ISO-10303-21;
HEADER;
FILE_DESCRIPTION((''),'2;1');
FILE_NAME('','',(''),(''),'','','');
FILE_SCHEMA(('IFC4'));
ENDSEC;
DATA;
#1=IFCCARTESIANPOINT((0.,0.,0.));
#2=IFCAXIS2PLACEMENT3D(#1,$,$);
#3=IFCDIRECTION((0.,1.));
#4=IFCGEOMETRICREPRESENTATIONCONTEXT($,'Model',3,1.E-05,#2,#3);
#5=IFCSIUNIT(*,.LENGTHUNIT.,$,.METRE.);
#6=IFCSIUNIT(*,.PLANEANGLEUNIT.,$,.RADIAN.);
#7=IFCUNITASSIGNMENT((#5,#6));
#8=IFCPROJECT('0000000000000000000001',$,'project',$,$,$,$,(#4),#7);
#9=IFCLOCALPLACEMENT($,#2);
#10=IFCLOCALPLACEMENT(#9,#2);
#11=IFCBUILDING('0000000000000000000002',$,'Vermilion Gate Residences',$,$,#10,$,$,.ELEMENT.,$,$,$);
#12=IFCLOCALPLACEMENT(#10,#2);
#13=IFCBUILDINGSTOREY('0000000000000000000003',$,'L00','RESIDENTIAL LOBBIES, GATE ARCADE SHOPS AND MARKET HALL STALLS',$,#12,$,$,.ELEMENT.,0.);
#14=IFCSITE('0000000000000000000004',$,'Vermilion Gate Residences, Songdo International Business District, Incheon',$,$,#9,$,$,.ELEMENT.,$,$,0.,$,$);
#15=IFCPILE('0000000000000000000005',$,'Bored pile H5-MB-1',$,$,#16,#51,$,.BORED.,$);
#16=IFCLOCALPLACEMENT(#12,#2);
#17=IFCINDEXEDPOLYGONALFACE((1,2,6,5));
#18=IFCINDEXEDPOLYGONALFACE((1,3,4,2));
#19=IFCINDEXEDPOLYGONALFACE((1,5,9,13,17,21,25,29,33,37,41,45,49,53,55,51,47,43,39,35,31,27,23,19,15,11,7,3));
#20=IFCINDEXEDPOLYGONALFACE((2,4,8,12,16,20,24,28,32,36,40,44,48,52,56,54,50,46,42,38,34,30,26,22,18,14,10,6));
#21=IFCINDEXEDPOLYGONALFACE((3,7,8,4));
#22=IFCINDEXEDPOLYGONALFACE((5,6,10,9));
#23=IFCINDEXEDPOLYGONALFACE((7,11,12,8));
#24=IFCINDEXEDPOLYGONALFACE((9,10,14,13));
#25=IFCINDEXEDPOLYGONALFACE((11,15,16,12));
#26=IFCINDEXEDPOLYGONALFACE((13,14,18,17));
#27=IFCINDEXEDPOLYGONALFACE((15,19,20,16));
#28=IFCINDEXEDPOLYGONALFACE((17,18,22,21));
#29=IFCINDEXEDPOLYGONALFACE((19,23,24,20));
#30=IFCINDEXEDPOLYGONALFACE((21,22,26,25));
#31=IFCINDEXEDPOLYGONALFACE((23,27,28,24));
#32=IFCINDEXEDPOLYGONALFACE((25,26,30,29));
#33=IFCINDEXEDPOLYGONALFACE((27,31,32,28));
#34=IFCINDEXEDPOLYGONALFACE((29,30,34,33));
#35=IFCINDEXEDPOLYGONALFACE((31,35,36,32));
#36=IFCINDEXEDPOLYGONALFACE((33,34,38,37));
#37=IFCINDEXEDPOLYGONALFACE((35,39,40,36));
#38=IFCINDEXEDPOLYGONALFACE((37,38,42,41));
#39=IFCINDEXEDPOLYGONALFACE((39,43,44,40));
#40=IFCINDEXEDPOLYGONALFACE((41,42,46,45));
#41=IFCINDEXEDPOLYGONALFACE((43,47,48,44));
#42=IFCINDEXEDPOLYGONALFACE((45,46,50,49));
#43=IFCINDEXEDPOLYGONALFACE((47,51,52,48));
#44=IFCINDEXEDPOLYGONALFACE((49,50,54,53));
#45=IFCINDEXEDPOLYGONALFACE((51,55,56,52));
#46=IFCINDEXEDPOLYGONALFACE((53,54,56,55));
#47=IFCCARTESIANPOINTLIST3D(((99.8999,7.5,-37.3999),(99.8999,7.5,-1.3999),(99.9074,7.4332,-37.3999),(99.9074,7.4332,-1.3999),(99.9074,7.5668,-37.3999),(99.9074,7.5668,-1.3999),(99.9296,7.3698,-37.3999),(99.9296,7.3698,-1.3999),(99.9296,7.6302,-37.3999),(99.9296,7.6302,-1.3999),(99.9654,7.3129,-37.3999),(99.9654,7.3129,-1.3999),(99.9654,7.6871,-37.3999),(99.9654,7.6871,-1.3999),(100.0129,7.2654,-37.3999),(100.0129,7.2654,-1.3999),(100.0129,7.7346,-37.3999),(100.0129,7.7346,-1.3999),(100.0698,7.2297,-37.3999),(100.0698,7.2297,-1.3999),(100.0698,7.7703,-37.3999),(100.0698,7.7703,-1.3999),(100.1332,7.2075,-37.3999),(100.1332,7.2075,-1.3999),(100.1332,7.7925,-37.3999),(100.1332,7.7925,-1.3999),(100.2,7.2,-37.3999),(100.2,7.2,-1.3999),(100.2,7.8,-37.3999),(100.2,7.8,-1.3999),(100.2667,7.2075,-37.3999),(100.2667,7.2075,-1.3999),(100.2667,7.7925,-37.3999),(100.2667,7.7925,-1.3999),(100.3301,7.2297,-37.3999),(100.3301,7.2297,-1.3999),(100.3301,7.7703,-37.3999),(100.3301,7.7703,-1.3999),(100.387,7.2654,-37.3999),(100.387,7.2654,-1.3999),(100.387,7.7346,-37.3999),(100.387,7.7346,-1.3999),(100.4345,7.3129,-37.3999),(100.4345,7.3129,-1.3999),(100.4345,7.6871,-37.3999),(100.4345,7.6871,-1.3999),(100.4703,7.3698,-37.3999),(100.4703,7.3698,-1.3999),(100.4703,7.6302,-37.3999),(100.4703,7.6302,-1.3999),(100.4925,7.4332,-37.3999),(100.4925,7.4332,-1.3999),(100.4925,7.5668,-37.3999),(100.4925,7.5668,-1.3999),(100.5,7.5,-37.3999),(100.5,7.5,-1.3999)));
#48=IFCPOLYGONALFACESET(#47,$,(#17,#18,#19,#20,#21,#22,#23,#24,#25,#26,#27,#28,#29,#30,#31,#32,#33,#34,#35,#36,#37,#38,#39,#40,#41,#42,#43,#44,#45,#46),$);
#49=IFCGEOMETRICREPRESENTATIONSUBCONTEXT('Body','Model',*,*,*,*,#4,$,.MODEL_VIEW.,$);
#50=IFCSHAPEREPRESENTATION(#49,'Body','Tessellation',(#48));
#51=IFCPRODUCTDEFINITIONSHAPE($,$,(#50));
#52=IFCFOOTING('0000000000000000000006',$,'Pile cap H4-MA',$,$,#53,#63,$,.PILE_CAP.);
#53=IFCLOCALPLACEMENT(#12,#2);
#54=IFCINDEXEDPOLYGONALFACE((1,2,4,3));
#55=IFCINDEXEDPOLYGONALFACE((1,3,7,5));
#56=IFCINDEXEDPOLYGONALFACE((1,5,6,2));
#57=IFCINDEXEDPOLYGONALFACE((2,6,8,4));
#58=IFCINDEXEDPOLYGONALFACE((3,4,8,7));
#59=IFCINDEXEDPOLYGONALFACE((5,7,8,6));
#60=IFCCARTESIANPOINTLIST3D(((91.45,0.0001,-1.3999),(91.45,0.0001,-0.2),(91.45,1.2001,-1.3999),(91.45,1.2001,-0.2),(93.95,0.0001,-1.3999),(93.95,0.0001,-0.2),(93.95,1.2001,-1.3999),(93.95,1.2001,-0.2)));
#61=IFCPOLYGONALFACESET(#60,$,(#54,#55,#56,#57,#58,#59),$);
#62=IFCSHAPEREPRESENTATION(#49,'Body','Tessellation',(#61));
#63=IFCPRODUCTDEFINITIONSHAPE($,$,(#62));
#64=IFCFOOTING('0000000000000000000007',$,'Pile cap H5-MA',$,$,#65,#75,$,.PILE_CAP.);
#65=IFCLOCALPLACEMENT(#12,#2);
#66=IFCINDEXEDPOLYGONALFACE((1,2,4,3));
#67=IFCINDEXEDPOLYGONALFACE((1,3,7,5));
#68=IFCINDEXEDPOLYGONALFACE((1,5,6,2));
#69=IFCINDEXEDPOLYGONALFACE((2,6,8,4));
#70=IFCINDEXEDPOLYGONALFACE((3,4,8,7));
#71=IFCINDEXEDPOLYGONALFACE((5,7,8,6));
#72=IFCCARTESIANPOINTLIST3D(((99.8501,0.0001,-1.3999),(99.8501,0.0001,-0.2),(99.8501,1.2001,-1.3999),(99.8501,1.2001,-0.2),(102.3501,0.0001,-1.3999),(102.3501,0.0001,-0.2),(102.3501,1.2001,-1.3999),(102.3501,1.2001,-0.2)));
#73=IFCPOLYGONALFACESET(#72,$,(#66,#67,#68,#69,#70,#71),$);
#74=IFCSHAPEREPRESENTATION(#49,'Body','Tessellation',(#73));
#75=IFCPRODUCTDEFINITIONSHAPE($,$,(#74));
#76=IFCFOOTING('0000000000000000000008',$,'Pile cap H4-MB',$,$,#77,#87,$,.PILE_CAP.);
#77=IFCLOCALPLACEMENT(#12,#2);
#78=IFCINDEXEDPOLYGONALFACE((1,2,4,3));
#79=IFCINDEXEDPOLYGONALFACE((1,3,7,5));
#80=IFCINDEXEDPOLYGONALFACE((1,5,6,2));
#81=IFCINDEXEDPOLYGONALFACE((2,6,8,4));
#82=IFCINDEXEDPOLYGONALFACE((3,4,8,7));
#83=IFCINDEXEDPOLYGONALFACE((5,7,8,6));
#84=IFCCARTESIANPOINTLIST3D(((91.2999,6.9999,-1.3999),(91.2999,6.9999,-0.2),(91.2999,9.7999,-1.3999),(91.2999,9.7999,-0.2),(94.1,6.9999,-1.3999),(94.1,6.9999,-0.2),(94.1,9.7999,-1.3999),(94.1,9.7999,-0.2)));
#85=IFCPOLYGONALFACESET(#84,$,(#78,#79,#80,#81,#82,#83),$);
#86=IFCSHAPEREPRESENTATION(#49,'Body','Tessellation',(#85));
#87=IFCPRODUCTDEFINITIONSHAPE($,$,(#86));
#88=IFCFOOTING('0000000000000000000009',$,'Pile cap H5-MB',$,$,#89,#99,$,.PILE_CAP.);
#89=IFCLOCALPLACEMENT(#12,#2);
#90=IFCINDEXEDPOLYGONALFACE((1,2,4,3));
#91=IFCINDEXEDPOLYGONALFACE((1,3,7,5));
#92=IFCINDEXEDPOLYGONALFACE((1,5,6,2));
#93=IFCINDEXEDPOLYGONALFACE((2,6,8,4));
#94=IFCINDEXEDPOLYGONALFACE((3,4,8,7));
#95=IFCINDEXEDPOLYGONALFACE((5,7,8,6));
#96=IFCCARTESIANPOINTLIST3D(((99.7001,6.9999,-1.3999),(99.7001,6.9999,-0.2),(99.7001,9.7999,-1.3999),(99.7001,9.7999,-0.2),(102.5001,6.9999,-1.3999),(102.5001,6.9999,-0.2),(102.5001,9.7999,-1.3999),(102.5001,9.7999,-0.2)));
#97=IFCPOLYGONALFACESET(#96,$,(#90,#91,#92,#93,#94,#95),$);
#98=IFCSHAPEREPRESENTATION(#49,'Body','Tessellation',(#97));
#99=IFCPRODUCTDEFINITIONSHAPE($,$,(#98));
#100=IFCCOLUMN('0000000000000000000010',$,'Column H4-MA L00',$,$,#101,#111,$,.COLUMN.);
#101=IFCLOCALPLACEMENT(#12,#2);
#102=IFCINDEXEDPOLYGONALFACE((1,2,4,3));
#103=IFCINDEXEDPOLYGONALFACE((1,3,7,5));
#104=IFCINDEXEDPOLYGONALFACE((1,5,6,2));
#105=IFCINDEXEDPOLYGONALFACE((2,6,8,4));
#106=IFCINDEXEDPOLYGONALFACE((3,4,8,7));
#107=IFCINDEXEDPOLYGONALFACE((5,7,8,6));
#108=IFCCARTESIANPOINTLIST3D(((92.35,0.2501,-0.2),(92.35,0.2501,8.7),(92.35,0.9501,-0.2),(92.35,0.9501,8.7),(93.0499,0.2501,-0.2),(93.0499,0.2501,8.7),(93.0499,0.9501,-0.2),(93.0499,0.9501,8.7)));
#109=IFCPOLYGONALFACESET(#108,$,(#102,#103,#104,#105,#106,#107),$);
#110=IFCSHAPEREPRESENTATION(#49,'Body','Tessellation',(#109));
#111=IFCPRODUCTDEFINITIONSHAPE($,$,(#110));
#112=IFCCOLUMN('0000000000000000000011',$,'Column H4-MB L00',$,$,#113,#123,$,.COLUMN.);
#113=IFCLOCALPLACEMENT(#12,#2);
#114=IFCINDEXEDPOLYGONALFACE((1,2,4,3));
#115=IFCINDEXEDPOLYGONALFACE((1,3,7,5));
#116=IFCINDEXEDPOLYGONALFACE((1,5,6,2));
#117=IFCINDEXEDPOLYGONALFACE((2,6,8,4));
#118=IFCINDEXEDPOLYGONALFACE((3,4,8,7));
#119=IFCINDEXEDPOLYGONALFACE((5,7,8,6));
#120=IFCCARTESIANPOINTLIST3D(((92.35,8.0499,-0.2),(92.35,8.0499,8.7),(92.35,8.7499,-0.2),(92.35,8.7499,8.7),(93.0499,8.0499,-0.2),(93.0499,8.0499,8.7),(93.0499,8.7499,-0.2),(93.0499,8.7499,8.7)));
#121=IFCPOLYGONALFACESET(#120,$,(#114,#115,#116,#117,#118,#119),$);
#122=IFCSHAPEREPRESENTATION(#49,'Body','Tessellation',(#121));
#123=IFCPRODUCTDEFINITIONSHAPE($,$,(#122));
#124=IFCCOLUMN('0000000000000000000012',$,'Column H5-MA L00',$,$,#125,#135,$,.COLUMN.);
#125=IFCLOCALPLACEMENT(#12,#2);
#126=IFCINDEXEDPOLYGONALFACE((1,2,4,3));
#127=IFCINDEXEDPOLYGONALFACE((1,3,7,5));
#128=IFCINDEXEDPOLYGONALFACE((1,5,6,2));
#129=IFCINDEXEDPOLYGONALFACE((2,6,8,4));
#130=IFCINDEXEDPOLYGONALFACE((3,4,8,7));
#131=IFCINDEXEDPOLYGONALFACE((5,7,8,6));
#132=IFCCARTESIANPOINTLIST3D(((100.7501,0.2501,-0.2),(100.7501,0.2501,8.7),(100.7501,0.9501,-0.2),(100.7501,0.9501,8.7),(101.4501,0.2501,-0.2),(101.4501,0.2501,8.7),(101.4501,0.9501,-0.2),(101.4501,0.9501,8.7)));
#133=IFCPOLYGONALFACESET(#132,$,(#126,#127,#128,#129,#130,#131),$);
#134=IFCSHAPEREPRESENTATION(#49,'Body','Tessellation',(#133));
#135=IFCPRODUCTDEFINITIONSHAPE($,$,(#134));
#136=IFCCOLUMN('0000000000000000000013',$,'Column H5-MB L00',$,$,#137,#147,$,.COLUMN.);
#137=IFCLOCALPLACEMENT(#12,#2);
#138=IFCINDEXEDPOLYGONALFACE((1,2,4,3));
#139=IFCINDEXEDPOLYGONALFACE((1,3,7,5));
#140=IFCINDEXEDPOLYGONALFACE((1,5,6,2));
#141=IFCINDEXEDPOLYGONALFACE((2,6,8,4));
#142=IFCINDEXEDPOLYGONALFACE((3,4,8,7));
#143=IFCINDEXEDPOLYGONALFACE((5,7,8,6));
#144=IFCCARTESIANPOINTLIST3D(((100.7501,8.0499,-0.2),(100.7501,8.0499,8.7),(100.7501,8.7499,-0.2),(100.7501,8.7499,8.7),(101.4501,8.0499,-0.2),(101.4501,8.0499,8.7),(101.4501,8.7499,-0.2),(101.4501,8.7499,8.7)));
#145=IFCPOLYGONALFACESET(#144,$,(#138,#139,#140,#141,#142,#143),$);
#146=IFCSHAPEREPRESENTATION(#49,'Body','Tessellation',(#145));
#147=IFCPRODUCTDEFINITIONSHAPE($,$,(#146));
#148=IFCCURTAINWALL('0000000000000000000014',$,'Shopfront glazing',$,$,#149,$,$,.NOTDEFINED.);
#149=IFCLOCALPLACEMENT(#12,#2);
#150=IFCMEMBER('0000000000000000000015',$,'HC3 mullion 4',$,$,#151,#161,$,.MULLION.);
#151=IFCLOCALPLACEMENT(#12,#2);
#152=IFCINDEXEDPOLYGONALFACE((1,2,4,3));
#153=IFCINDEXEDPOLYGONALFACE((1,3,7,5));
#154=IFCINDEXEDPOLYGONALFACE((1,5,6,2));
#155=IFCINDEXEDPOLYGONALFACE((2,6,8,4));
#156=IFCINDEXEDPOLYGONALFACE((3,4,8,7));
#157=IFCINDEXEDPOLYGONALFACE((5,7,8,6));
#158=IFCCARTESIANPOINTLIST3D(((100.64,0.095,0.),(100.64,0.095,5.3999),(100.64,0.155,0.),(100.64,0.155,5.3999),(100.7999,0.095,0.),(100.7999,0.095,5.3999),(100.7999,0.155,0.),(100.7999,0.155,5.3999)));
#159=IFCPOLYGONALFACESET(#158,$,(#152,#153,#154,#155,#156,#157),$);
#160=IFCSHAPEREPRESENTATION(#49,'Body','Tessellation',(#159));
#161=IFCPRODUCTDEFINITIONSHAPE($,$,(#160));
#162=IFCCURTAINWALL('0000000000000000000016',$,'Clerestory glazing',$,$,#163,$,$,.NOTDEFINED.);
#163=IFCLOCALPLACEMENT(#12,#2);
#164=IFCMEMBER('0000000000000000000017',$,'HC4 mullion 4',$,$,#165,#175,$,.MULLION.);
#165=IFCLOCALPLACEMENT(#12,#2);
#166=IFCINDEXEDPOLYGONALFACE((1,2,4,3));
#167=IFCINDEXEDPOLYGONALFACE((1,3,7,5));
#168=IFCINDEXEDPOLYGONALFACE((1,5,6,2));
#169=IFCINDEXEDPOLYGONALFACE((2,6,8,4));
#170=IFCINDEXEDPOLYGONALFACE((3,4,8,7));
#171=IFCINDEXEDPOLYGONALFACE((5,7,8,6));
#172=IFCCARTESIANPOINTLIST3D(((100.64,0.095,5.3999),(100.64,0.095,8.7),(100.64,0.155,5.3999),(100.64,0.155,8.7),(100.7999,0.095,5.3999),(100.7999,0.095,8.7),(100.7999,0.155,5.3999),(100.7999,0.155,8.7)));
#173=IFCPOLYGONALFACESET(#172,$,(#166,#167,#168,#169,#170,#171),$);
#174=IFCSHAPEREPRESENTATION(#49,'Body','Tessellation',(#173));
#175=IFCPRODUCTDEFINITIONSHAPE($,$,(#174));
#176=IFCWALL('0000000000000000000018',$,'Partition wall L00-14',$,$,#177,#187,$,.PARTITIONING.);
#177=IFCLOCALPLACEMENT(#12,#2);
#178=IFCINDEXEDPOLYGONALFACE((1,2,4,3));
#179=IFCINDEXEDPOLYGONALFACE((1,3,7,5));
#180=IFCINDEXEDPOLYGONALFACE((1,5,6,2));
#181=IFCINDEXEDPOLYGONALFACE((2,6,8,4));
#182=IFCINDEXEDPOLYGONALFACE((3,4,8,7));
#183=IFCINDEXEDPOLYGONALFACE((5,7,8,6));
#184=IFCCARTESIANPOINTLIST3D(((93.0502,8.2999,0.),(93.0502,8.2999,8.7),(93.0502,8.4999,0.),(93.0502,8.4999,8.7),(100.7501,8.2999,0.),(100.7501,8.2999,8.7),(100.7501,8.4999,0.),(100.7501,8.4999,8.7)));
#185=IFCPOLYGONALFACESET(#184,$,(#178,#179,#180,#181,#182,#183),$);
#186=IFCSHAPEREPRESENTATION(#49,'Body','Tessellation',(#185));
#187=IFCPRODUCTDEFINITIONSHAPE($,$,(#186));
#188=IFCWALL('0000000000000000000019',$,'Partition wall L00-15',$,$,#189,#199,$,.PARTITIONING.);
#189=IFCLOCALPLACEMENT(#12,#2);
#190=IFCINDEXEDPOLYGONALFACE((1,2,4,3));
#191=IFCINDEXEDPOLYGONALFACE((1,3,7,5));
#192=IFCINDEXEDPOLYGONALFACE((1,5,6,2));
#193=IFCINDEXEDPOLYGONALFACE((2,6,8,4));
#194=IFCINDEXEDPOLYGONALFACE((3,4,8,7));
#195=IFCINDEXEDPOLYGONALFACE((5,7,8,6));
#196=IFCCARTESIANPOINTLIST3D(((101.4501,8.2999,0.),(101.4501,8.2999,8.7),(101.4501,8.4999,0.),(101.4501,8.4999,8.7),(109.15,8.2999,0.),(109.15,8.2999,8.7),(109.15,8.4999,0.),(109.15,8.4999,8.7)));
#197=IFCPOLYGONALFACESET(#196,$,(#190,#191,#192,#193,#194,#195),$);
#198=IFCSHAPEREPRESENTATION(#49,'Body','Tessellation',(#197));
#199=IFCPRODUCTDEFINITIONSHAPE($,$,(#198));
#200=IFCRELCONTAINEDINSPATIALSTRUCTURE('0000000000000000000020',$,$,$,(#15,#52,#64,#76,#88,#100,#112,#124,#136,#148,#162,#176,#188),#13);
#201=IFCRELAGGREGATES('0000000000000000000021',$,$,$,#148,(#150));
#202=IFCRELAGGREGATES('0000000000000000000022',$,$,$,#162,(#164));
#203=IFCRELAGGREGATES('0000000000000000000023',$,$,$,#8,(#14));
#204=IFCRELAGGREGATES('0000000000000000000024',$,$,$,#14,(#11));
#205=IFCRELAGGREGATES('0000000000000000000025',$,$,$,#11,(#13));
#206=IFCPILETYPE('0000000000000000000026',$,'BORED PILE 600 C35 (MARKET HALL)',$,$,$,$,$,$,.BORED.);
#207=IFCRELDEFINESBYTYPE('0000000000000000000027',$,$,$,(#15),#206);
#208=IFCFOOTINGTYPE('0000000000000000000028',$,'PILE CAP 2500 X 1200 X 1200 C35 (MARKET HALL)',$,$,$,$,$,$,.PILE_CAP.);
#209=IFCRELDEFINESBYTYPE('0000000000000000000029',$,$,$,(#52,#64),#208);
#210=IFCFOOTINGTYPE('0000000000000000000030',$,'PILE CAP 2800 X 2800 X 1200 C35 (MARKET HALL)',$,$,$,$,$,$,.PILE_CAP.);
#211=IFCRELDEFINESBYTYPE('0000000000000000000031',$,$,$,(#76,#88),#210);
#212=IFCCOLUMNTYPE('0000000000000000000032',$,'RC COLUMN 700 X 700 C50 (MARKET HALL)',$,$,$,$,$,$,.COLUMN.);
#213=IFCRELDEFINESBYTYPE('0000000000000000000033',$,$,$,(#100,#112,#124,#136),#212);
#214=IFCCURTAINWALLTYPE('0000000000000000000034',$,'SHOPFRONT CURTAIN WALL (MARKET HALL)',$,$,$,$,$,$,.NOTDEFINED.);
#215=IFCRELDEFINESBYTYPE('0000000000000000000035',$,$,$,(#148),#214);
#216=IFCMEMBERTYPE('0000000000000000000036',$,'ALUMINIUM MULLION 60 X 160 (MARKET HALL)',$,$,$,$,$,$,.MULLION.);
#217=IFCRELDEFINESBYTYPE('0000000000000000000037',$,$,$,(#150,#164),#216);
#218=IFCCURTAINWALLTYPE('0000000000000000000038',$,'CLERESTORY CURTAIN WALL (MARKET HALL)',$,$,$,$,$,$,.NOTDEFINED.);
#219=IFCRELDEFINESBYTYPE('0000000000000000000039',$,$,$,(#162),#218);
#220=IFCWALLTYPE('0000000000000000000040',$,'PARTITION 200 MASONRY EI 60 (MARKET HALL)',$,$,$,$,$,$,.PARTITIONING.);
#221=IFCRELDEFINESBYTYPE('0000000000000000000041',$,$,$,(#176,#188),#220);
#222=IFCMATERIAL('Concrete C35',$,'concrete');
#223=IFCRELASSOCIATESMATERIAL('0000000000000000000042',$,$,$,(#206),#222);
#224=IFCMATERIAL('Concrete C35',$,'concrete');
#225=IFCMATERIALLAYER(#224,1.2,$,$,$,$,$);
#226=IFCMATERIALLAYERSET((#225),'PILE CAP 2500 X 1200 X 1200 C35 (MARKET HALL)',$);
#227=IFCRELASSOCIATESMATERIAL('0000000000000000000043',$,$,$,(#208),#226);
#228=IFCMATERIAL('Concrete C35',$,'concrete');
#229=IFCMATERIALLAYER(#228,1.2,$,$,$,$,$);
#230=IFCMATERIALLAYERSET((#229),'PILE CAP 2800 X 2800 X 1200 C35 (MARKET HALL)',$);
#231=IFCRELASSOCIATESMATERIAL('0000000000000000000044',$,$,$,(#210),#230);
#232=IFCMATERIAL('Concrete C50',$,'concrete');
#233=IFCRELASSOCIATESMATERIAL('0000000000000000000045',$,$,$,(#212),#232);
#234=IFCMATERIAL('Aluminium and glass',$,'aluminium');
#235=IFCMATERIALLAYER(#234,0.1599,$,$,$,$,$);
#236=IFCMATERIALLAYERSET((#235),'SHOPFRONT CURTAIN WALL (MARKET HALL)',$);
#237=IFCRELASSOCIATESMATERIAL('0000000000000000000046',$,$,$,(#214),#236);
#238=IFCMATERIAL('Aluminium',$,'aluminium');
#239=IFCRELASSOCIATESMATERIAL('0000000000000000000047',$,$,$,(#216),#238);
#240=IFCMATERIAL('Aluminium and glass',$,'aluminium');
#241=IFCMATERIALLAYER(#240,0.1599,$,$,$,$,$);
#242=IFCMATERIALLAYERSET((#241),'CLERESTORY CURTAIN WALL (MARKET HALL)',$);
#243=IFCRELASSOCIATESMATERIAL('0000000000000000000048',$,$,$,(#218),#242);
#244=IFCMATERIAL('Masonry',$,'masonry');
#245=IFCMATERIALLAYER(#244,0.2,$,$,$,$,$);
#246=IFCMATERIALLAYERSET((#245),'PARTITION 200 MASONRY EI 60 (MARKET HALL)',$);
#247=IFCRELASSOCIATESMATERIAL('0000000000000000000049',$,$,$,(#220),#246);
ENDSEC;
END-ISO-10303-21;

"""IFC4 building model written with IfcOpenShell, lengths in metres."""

from ifc_helpers import new_model, si_unit, direction, frame, frame_2d, origin, origin_2d, place, context, subcontext, project, spatial, rectangle, circle, extrude, material, layer, layer_set, material_profile, profile_set, type_object, element, aggregate, save


model = new_model("IFC4")

# Units and contexts
model_context = context("Model", 3, precision=1e-05, world=origin(), true_north=direction((0.0, 1.0)))
body_context = subcontext(model_context, "Body", "Model", "MODEL_VIEW")
ifc_project = project(units=[si_unit("LENGTHUNIT", "METRE"), si_unit("PLANEANGLEUNIT", "RADIAN")], contexts=[model_context])

# Site, building, storey
site_placement = place(None, origin())
site = spatial("IfcSite", under=ifc_project, at=site_placement, Name="Vermilion Gate Residences, Songdo International Business District, Incheon", CompositionType="ELEMENT", RefElevation=0.0)
building_placement = place(site_placement, origin())
building = spatial("IfcBuilding", under=site, at=building_placement, Name="Vermilion Gate Residences", CompositionType="ELEMENT")
storey_placement = place(building_placement, origin())
storey = spatial("IfcBuildingStorey", under=building, at=storey_placement, Name="L00", Description="RESIDENTIAL LOBBIES, GATE ARCADE SHOPS AND MARKET HALL STALLS", CompositionType="ELEMENT", Elevation=0.0)

# Pile
ifc_material_1 = material(Name="Concrete C35", Category="concrete")
ifc_material_profile_1 = material_profile(ifc_material_1, circle(Radius=0.3, at=origin_2d()), Name="BORED PILE 600 C35 (MARKET HALL)")
ifc_profile_set_1 = profile_set([ifc_material_profile_1], Name="Concrete C35")
pile_type = type_object("IfcPileType", Name="BORED PILE 600 C35 (MARKET HALL)", PredefinedType="BORED", material=ifc_profile_set_1)
for number, where, z_axis, x_axis, name in (
    (1, (100.2, 7.5, -1.3999), (0.0, 0.0, -1.0), (1.0, 0.0, 0.0), "Bored pile H5-MB-1"),
):
    element("IfcPile", number, at=place(storey_placement, frame(where, z_axis=z_axis, x_axis=x_axis)), inside=storey, type_object=pile_type, Name=name, PredefinedType="BORED", context=body_context, shape_type="SweptSolid", body=[
        extrude(circle(Radius=0.3, at=origin_2d()), origin(), (0.0, 0.0, 1.0), 36.0),
    ])

# Footings
ifc_material_2 = material(Name="Concrete C35", Category="concrete")
ifc_layer_1 = layer(ifc_material_2, 1.2)
ifc_layer_set_1 = layer_set([ifc_layer_1], Name="PILE CAP 2500 X 1200 X 1200 C35 (MARKET HALL)")
footing_type_1 = type_object("IfcFootingType", Name="PILE CAP 2500 X 1200 X 1200 C35 (MARKET HALL)", PredefinedType="PILE_CAP", material=ifc_layer_set_1)
for number, where, z_axis, x_axis, name in (
    (2, (92.7, 0.6001, -1.3999), (0.0, 0.0, 1.0), (1.0, 0.0, 0.0), "Pile cap H4-MA"),
    (3, (101.1001, 0.6001, -1.3999), (0.0, 0.0, 1.0), (1.0, 0.0, 0.0), "Pile cap H5-MA"),
):
    element("IfcFooting", number, at=place(storey_placement, frame(where, z_axis=z_axis, x_axis=x_axis)), inside=storey, type_object=footing_type_1, Name=name, PredefinedType="PILE_CAP", context=body_context, shape_type="SweptSolid", body=[
        extrude(rectangle(XDim=2.5, YDim=1.2, at=origin_2d()), origin(), (0.0, 0.0, 1.0), 1.2),
    ])
ifc_material_3 = material(Name="Concrete C35", Category="concrete")
ifc_layer_2 = layer(ifc_material_3, 1.2)
ifc_layer_set_2 = layer_set([ifc_layer_2], Name="PILE CAP 2800 X 2800 X 1200 C35 (MARKET HALL)")
footing_type_2 = type_object("IfcFootingType", Name="PILE CAP 2800 X 2800 X 1200 C35 (MARKET HALL)", PredefinedType="PILE_CAP", material=ifc_layer_set_2)
for number, where, z_axis, x_axis, name in (
    (4, (92.7, 8.3999, -1.3999), (0.0, 0.0, 1.0), (1.0, 0.0, 0.0), "Pile cap H4-MB"),
    (5, (101.1001, 8.3999, -1.3999), (0.0, 0.0, 1.0), (1.0, 0.0, 0.0), "Pile cap H5-MB"),
):
    element("IfcFooting", number, at=place(storey_placement, frame(where, z_axis=z_axis, x_axis=x_axis)), inside=storey, type_object=footing_type_2, Name=name, PredefinedType="PILE_CAP", context=body_context, shape_type="SweptSolid", body=[
        extrude(rectangle(XDim=2.8, YDim=2.8, at=origin_2d()), origin(), (0.0, 0.0, 1.0), 1.2),
    ])

# Columns
ifc_material_4 = material(Name="Concrete C50", Category="concrete")
ifc_material_profile_2 = material_profile(ifc_material_4, rectangle(XDim=0.7, YDim=0.7, at=origin_2d()), Name="RC COLUMN 700 X 700 C50 (MARKET HALL)")
ifc_profile_set_2 = profile_set([ifc_material_profile_2], Name="Concrete C50")
column_type = type_object("IfcColumnType", Name="RC COLUMN 700 X 700 C50 (MARKET HALL)", PredefinedType="COLUMN", material=ifc_profile_set_2)
for number, where, z_axis, x_axis, name in (
    (6, (92.7, 0.6001, -0.2), (0.0, 0.0, 1.0), (1.0, 0.0, 0.0), "Column H4-MA L00"),
    (7, (92.7, 8.3999, -0.2), (0.0, 0.0, 1.0), (1.0, 0.0, 0.0), "Column H4-MB L00"),
    (8, (101.1001, 0.6001, -0.2), (0.0, 0.0, 1.0), (1.0, 0.0, 0.0), "Column H5-MA L00"),
    (9, (101.1001, 8.3999, -0.2), (0.0, 0.0, 1.0), (1.0, 0.0, 0.0), "Column H5-MB L00"),
):
    element("IfcColumn", number, at=place(storey_placement, frame(where, z_axis=z_axis, x_axis=x_axis)), inside=storey, type_object=column_type, Name=name, PredefinedType="COLUMN", context=body_context, shape_type="SweptSolid", body=[
        extrude(rectangle(XDim=0.7, YDim=0.7, at=origin_2d()), origin(), (0.0, 0.0, 1.0), 8.8999),
    ])

# Curtain walls, members
ifc_material_5 = material(Name="Aluminium and glass", Category="aluminium")
ifc_layer_3 = layer(ifc_material_5, 0.1599)
ifc_layer_set_3 = layer_set([ifc_layer_3], Name="SHOPFRONT CURTAIN WALL (MARKET HALL)")
curtain_wall_type_1 = type_object("IfcCurtainWallType", Name="SHOPFRONT CURTAIN WALL (MARKET HALL)", PredefinedType="NOTDEFINED", material=ifc_layer_set_3)
curtain_wall_1_placement = place(storey_placement, origin())
curtain_wall_1 = element("IfcCurtainWall", 10, at=curtain_wall_1_placement, inside=storey, type_object=curtain_wall_type_1, Name="Shopfront glazing", PredefinedType="NOTDEFINED")
ifc_material_6 = material(Name="Aluminium", Category="aluminium")
ifc_material_profile_3 = material_profile(ifc_material_6, rectangle(XDim=0.0601, YDim=0.1599, at=origin_2d()), Name="ALUMINIUM MULLION 60 X 160 (MARKET HALL)")
ifc_profile_set_3 = profile_set([ifc_material_profile_3], Name="Aluminium")
member_type = type_object("IfcMemberType", Name="ALUMINIUM MULLION 60 X 160 (MARKET HALL)", PredefinedType="MULLION", material=ifc_profile_set_3)
member_1_placement = place(storey_placement, frame((100.72, 0.125, 0.0), z_axis=(0.0, 0.0, 1.0), x_axis=(0.0, 1.0, 0.0)))
member_1 = element("IfcMember", 11, at=member_1_placement, type_object=member_type, Name="HC3 mullion 4", PredefinedType="MULLION", context=body_context, shape_type="SweptSolid", body=[
    extrude(rectangle(XDim=0.0601, YDim=0.1599, at=origin_2d()), origin(), (0.0, 0.0, 1.0), 5.3999),
])
aggregate(curtain_wall_1, [member_1])
ifc_material_7 = material(Name="Aluminium and glass", Category="aluminium")
ifc_layer_4 = layer(ifc_material_7, 0.1599)
ifc_layer_set_4 = layer_set([ifc_layer_4], Name="CLERESTORY CURTAIN WALL (MARKET HALL)")
curtain_wall_type_2 = type_object("IfcCurtainWallType", Name="CLERESTORY CURTAIN WALL (MARKET HALL)", PredefinedType="NOTDEFINED", material=ifc_layer_set_4)
curtain_wall_2_placement = place(storey_placement, origin())
curtain_wall_2 = element("IfcCurtainWall", 12, at=curtain_wall_2_placement, inside=storey, type_object=curtain_wall_type_2, Name="Clerestory glazing", PredefinedType="NOTDEFINED")
member_2_placement = place(storey_placement, frame((100.72, 0.125, 5.3999), z_axis=(0.0, 0.0, 1.0), x_axis=(0.0, 1.0, 0.0)))
member_2 = element("IfcMember", 13, at=member_2_placement, type_object=member_type, Name="HC4 mullion 4", PredefinedType="MULLION", context=body_context, shape_type="SweptSolid", body=[
    extrude(rectangle(XDim=0.0601, YDim=0.1599, at=origin_2d()), origin(), (0.0, 0.0, 1.0), 3.3),
])
aggregate(curtain_wall_2, [member_2])

# Walls
ifc_material_8 = material(Name="Masonry", Category="masonry")
ifc_layer_5 = layer(ifc_material_8, 0.2)
ifc_layer_set_5 = layer_set([ifc_layer_5], Name="PARTITION 200 MASONRY EI 60 (MARKET HALL)")
wall_type_1 = type_object("IfcWallType", Name="PARTITION 200 MASONRY EI 60 (MARKET HALL)", PredefinedType="PARTITIONING", material=ifc_layer_set_5)
for number, where, z_axis, x_axis, name in (
    (14, (93.05, 8.3999, 0.0), (0.0, 0.0, 1.0), (1.0, 0.0, 0.0), "Partition wall L00-14"),
    (15, (101.45, 8.3999, 0.0), (0.0, 0.0, 1.0), (1.0, 0.0, 0.0), "Partition wall L00-15"),
):
    element("IfcWall", number, at=place(storey_placement, frame(where, z_axis=z_axis, x_axis=x_axis)), inside=storey, type_object=wall_type_1, Name=name, PredefinedType="PARTITIONING", context=body_context, shape_type="SweptSolid", body=[
        extrude(rectangle(XDim=7.7, YDim=0.2, at=frame_2d((3.8501, 0.0))), origin(), (0.0, 0.0, 1.0), 8.7),
    ])

save(model, "model.ifc")
